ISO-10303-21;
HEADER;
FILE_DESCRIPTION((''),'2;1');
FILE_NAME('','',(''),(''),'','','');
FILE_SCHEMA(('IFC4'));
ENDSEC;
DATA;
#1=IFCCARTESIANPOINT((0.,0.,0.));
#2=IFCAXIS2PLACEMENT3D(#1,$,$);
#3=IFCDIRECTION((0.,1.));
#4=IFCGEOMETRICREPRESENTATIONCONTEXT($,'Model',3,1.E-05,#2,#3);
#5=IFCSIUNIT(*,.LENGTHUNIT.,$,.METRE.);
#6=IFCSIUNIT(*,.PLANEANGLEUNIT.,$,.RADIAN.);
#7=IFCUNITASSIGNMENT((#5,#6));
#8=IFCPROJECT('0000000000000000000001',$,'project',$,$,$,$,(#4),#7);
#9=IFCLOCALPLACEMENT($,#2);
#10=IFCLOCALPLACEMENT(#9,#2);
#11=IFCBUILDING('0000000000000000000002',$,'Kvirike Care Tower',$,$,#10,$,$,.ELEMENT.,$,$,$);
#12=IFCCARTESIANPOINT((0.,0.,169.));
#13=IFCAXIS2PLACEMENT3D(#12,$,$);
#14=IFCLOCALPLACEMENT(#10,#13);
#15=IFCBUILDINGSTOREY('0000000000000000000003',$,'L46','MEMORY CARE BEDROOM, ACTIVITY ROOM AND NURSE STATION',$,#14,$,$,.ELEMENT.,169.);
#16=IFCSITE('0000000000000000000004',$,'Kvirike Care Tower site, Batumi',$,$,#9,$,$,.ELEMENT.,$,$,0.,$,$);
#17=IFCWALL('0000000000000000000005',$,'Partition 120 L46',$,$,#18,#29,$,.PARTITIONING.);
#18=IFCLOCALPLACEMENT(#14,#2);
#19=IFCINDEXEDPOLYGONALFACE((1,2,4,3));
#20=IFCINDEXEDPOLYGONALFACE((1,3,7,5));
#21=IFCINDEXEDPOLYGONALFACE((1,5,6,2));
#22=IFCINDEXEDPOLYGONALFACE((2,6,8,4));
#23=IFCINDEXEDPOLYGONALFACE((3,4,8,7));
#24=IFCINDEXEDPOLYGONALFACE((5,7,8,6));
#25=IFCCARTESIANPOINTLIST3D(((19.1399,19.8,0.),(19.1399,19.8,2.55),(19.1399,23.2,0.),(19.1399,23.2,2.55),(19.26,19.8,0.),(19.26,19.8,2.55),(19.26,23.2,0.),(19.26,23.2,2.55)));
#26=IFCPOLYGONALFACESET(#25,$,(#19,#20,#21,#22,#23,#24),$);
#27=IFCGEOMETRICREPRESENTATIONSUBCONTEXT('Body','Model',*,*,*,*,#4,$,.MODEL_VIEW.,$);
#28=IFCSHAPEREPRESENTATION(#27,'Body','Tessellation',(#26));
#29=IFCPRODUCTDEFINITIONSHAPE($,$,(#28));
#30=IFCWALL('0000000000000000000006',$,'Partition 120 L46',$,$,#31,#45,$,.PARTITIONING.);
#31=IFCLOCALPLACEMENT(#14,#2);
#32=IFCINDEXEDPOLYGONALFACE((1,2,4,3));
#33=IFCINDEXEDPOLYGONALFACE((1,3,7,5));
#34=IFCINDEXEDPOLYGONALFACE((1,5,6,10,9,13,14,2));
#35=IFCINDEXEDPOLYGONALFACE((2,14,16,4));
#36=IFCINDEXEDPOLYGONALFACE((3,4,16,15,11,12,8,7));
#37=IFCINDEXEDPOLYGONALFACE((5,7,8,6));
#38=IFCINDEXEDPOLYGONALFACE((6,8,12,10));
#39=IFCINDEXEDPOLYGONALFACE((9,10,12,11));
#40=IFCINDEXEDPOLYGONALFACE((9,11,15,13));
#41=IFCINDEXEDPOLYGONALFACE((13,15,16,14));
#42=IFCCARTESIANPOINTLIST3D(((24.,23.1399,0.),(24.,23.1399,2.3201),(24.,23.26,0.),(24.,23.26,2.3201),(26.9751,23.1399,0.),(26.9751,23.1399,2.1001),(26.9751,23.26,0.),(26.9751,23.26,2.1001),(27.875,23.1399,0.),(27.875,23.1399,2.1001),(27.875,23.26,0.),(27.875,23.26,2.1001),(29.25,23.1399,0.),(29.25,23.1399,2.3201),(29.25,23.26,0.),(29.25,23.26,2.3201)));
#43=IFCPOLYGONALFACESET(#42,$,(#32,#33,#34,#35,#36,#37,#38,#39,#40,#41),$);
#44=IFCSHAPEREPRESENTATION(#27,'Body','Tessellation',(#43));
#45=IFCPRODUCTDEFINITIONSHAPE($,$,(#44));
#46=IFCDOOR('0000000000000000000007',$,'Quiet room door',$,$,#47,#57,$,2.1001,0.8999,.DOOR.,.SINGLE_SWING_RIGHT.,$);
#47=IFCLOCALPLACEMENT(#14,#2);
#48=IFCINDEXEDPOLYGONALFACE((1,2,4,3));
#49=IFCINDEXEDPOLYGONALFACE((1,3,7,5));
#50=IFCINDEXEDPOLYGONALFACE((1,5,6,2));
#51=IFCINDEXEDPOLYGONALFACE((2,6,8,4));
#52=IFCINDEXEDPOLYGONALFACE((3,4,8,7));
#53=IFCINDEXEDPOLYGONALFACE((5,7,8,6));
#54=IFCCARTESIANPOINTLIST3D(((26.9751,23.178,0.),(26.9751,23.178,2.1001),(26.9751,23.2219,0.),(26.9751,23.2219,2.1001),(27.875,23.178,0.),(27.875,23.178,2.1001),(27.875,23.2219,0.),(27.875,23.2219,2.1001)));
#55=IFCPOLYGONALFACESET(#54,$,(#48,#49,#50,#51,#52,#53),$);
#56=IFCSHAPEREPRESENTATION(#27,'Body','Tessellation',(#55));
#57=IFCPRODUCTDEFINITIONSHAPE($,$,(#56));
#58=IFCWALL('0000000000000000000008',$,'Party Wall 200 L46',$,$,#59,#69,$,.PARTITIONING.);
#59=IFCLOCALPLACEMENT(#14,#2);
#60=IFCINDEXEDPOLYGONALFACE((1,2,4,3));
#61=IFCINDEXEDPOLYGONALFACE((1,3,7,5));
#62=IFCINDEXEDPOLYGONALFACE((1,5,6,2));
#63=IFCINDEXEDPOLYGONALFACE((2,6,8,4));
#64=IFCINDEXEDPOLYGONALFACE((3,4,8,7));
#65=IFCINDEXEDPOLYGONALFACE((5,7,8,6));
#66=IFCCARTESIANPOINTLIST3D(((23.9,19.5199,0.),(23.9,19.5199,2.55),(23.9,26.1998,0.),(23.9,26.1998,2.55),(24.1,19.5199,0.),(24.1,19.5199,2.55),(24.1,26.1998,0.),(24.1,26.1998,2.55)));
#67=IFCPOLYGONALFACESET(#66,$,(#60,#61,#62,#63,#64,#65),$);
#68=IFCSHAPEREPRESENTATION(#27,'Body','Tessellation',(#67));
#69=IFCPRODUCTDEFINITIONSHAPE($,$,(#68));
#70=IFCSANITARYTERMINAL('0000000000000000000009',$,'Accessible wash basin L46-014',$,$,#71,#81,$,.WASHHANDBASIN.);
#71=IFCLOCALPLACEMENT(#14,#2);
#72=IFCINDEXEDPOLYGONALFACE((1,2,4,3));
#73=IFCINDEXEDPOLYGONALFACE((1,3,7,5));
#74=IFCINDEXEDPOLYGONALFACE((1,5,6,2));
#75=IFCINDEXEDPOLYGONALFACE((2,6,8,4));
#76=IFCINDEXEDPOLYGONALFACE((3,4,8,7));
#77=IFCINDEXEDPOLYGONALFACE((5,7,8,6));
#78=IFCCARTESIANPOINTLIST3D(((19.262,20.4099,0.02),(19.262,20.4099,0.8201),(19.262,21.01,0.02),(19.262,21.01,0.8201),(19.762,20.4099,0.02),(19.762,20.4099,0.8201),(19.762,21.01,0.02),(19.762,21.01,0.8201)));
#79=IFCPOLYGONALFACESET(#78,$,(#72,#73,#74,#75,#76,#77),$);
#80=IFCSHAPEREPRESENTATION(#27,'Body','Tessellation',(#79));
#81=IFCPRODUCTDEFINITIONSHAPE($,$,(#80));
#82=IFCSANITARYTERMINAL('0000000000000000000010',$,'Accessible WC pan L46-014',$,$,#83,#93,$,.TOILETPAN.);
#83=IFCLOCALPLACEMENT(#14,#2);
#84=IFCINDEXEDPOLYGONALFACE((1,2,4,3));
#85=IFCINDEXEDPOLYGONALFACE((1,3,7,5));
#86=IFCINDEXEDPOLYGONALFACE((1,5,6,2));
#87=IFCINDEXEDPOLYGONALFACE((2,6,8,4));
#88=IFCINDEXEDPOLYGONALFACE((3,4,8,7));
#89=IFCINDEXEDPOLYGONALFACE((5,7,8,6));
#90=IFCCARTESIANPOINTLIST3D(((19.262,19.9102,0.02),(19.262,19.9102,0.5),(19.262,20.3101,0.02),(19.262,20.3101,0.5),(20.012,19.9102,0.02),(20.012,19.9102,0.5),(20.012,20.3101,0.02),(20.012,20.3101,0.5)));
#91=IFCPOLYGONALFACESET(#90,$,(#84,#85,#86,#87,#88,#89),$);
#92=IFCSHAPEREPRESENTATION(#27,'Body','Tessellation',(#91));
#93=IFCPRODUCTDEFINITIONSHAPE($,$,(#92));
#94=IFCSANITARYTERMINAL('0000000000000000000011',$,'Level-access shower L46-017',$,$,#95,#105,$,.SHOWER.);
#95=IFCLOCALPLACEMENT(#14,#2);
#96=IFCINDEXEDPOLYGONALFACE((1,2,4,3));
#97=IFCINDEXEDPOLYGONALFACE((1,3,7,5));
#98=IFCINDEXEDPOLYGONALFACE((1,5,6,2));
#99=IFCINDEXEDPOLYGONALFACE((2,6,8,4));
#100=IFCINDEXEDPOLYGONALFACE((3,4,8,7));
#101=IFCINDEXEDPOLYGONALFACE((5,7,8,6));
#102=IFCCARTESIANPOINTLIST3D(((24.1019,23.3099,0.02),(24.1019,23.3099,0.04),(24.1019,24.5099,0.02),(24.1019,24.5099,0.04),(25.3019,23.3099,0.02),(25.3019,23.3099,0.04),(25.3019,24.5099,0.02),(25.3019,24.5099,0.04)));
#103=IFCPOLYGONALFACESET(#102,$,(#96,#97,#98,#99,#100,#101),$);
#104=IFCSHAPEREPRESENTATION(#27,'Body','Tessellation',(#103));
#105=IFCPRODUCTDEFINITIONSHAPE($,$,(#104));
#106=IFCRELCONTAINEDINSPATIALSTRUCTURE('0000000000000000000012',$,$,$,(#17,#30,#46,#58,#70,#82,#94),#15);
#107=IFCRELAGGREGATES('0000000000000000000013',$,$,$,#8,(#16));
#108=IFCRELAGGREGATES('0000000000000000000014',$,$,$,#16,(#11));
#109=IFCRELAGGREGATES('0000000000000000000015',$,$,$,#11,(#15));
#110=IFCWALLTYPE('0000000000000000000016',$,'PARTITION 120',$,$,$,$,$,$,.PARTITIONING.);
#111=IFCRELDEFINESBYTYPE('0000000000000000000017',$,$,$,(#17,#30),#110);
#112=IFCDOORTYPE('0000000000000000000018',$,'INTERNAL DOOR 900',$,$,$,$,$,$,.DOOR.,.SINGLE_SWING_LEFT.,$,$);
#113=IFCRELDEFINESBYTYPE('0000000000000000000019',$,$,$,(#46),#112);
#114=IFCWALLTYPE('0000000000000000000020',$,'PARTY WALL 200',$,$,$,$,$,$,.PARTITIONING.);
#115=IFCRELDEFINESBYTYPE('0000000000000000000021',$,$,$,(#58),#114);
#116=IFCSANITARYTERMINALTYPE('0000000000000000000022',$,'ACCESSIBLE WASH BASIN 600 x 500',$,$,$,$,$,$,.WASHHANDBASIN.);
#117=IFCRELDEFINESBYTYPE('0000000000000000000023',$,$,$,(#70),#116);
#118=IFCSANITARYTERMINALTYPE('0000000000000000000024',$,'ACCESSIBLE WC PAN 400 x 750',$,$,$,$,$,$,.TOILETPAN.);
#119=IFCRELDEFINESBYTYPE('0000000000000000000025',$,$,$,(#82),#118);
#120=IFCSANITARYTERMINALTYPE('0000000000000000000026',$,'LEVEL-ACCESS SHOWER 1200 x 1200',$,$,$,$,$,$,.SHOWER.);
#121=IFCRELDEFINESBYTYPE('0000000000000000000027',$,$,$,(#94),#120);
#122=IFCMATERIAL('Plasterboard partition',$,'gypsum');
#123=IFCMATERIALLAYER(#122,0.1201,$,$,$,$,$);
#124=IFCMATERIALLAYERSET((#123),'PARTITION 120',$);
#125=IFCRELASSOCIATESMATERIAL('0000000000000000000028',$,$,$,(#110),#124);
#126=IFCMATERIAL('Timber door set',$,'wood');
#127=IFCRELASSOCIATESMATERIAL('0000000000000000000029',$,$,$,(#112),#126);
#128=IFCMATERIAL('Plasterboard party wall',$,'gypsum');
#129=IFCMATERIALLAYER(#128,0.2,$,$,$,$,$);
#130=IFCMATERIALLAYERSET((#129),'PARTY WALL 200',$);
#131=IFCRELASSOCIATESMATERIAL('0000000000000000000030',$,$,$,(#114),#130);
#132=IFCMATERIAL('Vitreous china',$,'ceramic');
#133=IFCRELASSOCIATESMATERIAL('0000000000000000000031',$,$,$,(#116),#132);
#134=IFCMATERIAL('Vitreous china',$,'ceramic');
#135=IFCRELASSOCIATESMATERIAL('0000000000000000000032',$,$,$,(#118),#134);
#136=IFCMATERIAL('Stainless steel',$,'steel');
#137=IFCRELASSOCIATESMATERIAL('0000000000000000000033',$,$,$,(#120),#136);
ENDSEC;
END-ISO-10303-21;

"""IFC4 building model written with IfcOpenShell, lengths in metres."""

from ifc_helpers import new_model, si_unit, direction, frame, frame_2d, origin, origin_2d, place, context, subcontext, project, spatial, rectangle, extrude, material, layer, layer_set, type_object, element, fill, save


model = new_model("IFC4")

# Units and contexts
model_context = context("Model", 3, precision=1e-05, world=origin(), true_north=direction((0.0, 1.0)))
body_context = subcontext(model_context, "Body", "Model", "MODEL_VIEW")
ifc_project = project(units=[si_unit("LENGTHUNIT", "METRE"), si_unit("PLANEANGLEUNIT", "RADIAN")], contexts=[model_context])

# Site, building, storey
site_placement = place(None, origin())
site = spatial("IfcSite", under=ifc_project, at=site_placement, Name="Kvirike Care Tower site, Batumi", CompositionType="ELEMENT", RefElevation=0.0)
building_placement = place(site_placement, origin())
building = spatial("IfcBuilding", under=site, at=building_placement, Name="Kvirike Care Tower", CompositionType="ELEMENT")
storey_placement = place(building_placement, frame((0.0, 0.0, 169.0)))
storey = spatial("IfcBuildingStorey", under=building, at=storey_placement, Name="L46", Description="MEMORY CARE BEDROOM, ACTIVITY ROOM AND NURSE STATION", CompositionType="ELEMENT", Elevation=169.0)

# Wall
ifc_material_1 = material(Name="Plasterboard partition", Category="gypsum")
ifc_layer_1 = layer(ifc_material_1, 0.1201)
ifc_layer_set_1 = layer_set([ifc_layer_1], Name="PARTITION 120")
wall_type_1 = type_object("IfcWallType", Name="PARTITION 120", PredefinedType="PARTITIONING", material=ifc_layer_set_1)
wall_1_placement = place(storey_placement, frame((19.2, 19.8, 0.0), z_axis=(0.0, 0.0, 1.0), x_axis=(0.0, 1.0, 0.0)))
element("IfcWall", 1, at=wall_1_placement, inside=storey, type_object=wall_type_1, Name="Partition 120 L46", PredefinedType="PARTITIONING", context=body_context, shape_type="SweptSolid", body=[
    extrude(rectangle(XDim=3.3999, YDim=0.1201, at=frame_2d((1.7, 0.0))), origin(), (0.0, 0.0, 1.0), 2.55),
])

# Wall, opening, door
wall_2_placement = place(storey_placement, frame((24.0, 23.2, 0.0), z_axis=(0.0, 0.0, 1.0), x_axis=(1.0, 0.0, 0.0)))
wall_2 = element("IfcWall", 2, at=wall_2_placement, inside=storey, type_object=wall_type_1, Name="Partition 120 L46", PredefinedType="PARTITIONING", context=body_context, shape_type="SweptSolid", body=[
    extrude(rectangle(XDim=5.25, YDim=0.1201, at=frame_2d((2.625, 0.0))), origin(), (0.0, 0.0, 1.0), 2.3201),
])
opening_1_placement = place(wall_2_placement, frame((2.9751, 0.0, 0.0)))
opening_1 = element("IfcOpeningElement", 3, at=opening_1_placement, cuts=wall_2, PredefinedType="OPENING", context=body_context, shape_type="SweptSolid", body=[
    extrude(rectangle(XDim=0.8999, YDim=2.1001, at=frame_2d((0.45, 1.05))), frame((0.0, 0.0706, 0.0), z_axis=(0.0, -1.0, 0.0), x_axis=(1.0, 0.0, 0.0)), (0.0, 0.0, 1.0), 0.1411),
])
ifc_material_2 = material(Name="Timber door set", Category="wood")
door_type_1 = type_object("IfcDoorType", Name="INTERNAL DOOR 900", OperationType="SINGLE_SWING_LEFT", PredefinedType="DOOR", material=ifc_material_2)
door_1_placement = place(opening_1_placement, origin())
door_1 = element("IfcDoor", 4, at=door_1_placement, inside=storey, type_object=door_type_1, Name="Quiet room door", OperationType="SINGLE_SWING_RIGHT", OverallHeight=2.1001, OverallWidth=0.8999, PredefinedType="DOOR", context=body_context, shape_type="SweptSolid", body=[
    extrude(rectangle(XDim=0.8999, YDim=2.1001, at=frame_2d((0.45, 1.05))), frame((0.0, 0.022, 0.0), z_axis=(0.0, -1.0, 0.0), x_axis=(1.0, 0.0, 0.0)), (0.0, 0.0, 1.0), 0.0439),
])
fill(opening_1, door_1)

# Wall
ifc_material_3 = material(Name="Plasterboard party wall", Category="gypsum")
ifc_layer_2 = layer(ifc_material_3, 0.2)
ifc_layer_set_2 = layer_set([ifc_layer_2], Name="PARTY WALL 200")
wall_type_2 = type_object("IfcWallType", Name="PARTY WALL 200", PredefinedType="PARTITIONING", material=ifc_layer_set_2)
wall_3_placement = place(storey_placement, frame((24.0, 19.52, 0.0), z_axis=(0.0, 0.0, 1.0), x_axis=(0.0, 1.0, 0.0)))
element("IfcWall", 5, at=wall_3_placement, inside=storey, type_object=wall_type_2, Name="Party Wall 200 L46", PredefinedType="PARTITIONING", context=body_context, shape_type="SweptSolid", body=[
    extrude(rectangle(XDim=6.6799, YDim=0.2, at=frame_2d((3.3398, 0.0))), origin(), (0.0, 0.0, 1.0), 2.55),
])

# Sanitary terminals
ifc_material_4 = material(Name="Vitreous china", Category="ceramic")
sanitary_terminal_type_1 = type_object("IfcSanitaryTerminalType", Name="ACCESSIBLE WASH BASIN 600 x 500", PredefinedType="WASHHANDBASIN", material=ifc_material_4)
sanitary_terminal_1_placement = place(storey_placement, frame((19.512, 20.71, 0.02), z_axis=(0.0, 0.0, 1.0), x_axis=(0.0, 1.0, 0.0)))
element("IfcSanitaryTerminal", 6, at=sanitary_terminal_1_placement, inside=storey, type_object=sanitary_terminal_type_1, Name="Accessible wash basin L46-014", PredefinedType="WASHHANDBASIN", context=body_context, shape_type="SweptSolid", body=[
    extrude(rectangle(XDim=0.6001, YDim=0.5, at=origin_2d()), origin(), (0.0, 0.0, 1.0), 0.8),
])
ifc_material_5 = material(Name="Vitreous china", Category="ceramic")
sanitary_terminal_type_2 = type_object("IfcSanitaryTerminalType", Name="ACCESSIBLE WC PAN 400 x 750", PredefinedType="TOILETPAN", material=ifc_material_5)
sanitary_terminal_2_placement = place(storey_placement, frame((19.637, 20.1101, 0.02), z_axis=(0.0, 0.0, 1.0), x_axis=(0.0, 1.0, 0.0)))
element("IfcSanitaryTerminal", 7, at=sanitary_terminal_2_placement, inside=storey, type_object=sanitary_terminal_type_2, Name="Accessible WC pan L46-014", PredefinedType="TOILETPAN", context=body_context, shape_type="SweptSolid", body=[
    extrude(rectangle(XDim=0.3999, YDim=0.75, at=origin_2d()), origin(), (0.0, 0.0, 1.0), 0.48),
])
ifc_material_6 = material(Name="Stainless steel", Category="steel")
sanitary_terminal_type_3 = type_object("IfcSanitaryTerminalType", Name="LEVEL-ACCESS SHOWER 1200 x 1200", PredefinedType="SHOWER", material=ifc_material_6)
sanitary_terminal_3_placement = place(storey_placement, frame((24.7019, 23.9099, 0.02), z_axis=(0.0, 0.0, 1.0), x_axis=(0.0, 1.0, 0.0)))
element("IfcSanitaryTerminal", 8, at=sanitary_terminal_3_placement, inside=storey, type_object=sanitary_terminal_type_3, Name="Level-access shower L46-017", PredefinedType="SHOWER", context=body_context, shape_type="SweptSolid", body=[
    extrude(rectangle(XDim=1.2, YDim=1.2, at=origin_2d()), origin(), (0.0, 0.0, 1.0), 0.02),
])

save(model, "model.ifc")
